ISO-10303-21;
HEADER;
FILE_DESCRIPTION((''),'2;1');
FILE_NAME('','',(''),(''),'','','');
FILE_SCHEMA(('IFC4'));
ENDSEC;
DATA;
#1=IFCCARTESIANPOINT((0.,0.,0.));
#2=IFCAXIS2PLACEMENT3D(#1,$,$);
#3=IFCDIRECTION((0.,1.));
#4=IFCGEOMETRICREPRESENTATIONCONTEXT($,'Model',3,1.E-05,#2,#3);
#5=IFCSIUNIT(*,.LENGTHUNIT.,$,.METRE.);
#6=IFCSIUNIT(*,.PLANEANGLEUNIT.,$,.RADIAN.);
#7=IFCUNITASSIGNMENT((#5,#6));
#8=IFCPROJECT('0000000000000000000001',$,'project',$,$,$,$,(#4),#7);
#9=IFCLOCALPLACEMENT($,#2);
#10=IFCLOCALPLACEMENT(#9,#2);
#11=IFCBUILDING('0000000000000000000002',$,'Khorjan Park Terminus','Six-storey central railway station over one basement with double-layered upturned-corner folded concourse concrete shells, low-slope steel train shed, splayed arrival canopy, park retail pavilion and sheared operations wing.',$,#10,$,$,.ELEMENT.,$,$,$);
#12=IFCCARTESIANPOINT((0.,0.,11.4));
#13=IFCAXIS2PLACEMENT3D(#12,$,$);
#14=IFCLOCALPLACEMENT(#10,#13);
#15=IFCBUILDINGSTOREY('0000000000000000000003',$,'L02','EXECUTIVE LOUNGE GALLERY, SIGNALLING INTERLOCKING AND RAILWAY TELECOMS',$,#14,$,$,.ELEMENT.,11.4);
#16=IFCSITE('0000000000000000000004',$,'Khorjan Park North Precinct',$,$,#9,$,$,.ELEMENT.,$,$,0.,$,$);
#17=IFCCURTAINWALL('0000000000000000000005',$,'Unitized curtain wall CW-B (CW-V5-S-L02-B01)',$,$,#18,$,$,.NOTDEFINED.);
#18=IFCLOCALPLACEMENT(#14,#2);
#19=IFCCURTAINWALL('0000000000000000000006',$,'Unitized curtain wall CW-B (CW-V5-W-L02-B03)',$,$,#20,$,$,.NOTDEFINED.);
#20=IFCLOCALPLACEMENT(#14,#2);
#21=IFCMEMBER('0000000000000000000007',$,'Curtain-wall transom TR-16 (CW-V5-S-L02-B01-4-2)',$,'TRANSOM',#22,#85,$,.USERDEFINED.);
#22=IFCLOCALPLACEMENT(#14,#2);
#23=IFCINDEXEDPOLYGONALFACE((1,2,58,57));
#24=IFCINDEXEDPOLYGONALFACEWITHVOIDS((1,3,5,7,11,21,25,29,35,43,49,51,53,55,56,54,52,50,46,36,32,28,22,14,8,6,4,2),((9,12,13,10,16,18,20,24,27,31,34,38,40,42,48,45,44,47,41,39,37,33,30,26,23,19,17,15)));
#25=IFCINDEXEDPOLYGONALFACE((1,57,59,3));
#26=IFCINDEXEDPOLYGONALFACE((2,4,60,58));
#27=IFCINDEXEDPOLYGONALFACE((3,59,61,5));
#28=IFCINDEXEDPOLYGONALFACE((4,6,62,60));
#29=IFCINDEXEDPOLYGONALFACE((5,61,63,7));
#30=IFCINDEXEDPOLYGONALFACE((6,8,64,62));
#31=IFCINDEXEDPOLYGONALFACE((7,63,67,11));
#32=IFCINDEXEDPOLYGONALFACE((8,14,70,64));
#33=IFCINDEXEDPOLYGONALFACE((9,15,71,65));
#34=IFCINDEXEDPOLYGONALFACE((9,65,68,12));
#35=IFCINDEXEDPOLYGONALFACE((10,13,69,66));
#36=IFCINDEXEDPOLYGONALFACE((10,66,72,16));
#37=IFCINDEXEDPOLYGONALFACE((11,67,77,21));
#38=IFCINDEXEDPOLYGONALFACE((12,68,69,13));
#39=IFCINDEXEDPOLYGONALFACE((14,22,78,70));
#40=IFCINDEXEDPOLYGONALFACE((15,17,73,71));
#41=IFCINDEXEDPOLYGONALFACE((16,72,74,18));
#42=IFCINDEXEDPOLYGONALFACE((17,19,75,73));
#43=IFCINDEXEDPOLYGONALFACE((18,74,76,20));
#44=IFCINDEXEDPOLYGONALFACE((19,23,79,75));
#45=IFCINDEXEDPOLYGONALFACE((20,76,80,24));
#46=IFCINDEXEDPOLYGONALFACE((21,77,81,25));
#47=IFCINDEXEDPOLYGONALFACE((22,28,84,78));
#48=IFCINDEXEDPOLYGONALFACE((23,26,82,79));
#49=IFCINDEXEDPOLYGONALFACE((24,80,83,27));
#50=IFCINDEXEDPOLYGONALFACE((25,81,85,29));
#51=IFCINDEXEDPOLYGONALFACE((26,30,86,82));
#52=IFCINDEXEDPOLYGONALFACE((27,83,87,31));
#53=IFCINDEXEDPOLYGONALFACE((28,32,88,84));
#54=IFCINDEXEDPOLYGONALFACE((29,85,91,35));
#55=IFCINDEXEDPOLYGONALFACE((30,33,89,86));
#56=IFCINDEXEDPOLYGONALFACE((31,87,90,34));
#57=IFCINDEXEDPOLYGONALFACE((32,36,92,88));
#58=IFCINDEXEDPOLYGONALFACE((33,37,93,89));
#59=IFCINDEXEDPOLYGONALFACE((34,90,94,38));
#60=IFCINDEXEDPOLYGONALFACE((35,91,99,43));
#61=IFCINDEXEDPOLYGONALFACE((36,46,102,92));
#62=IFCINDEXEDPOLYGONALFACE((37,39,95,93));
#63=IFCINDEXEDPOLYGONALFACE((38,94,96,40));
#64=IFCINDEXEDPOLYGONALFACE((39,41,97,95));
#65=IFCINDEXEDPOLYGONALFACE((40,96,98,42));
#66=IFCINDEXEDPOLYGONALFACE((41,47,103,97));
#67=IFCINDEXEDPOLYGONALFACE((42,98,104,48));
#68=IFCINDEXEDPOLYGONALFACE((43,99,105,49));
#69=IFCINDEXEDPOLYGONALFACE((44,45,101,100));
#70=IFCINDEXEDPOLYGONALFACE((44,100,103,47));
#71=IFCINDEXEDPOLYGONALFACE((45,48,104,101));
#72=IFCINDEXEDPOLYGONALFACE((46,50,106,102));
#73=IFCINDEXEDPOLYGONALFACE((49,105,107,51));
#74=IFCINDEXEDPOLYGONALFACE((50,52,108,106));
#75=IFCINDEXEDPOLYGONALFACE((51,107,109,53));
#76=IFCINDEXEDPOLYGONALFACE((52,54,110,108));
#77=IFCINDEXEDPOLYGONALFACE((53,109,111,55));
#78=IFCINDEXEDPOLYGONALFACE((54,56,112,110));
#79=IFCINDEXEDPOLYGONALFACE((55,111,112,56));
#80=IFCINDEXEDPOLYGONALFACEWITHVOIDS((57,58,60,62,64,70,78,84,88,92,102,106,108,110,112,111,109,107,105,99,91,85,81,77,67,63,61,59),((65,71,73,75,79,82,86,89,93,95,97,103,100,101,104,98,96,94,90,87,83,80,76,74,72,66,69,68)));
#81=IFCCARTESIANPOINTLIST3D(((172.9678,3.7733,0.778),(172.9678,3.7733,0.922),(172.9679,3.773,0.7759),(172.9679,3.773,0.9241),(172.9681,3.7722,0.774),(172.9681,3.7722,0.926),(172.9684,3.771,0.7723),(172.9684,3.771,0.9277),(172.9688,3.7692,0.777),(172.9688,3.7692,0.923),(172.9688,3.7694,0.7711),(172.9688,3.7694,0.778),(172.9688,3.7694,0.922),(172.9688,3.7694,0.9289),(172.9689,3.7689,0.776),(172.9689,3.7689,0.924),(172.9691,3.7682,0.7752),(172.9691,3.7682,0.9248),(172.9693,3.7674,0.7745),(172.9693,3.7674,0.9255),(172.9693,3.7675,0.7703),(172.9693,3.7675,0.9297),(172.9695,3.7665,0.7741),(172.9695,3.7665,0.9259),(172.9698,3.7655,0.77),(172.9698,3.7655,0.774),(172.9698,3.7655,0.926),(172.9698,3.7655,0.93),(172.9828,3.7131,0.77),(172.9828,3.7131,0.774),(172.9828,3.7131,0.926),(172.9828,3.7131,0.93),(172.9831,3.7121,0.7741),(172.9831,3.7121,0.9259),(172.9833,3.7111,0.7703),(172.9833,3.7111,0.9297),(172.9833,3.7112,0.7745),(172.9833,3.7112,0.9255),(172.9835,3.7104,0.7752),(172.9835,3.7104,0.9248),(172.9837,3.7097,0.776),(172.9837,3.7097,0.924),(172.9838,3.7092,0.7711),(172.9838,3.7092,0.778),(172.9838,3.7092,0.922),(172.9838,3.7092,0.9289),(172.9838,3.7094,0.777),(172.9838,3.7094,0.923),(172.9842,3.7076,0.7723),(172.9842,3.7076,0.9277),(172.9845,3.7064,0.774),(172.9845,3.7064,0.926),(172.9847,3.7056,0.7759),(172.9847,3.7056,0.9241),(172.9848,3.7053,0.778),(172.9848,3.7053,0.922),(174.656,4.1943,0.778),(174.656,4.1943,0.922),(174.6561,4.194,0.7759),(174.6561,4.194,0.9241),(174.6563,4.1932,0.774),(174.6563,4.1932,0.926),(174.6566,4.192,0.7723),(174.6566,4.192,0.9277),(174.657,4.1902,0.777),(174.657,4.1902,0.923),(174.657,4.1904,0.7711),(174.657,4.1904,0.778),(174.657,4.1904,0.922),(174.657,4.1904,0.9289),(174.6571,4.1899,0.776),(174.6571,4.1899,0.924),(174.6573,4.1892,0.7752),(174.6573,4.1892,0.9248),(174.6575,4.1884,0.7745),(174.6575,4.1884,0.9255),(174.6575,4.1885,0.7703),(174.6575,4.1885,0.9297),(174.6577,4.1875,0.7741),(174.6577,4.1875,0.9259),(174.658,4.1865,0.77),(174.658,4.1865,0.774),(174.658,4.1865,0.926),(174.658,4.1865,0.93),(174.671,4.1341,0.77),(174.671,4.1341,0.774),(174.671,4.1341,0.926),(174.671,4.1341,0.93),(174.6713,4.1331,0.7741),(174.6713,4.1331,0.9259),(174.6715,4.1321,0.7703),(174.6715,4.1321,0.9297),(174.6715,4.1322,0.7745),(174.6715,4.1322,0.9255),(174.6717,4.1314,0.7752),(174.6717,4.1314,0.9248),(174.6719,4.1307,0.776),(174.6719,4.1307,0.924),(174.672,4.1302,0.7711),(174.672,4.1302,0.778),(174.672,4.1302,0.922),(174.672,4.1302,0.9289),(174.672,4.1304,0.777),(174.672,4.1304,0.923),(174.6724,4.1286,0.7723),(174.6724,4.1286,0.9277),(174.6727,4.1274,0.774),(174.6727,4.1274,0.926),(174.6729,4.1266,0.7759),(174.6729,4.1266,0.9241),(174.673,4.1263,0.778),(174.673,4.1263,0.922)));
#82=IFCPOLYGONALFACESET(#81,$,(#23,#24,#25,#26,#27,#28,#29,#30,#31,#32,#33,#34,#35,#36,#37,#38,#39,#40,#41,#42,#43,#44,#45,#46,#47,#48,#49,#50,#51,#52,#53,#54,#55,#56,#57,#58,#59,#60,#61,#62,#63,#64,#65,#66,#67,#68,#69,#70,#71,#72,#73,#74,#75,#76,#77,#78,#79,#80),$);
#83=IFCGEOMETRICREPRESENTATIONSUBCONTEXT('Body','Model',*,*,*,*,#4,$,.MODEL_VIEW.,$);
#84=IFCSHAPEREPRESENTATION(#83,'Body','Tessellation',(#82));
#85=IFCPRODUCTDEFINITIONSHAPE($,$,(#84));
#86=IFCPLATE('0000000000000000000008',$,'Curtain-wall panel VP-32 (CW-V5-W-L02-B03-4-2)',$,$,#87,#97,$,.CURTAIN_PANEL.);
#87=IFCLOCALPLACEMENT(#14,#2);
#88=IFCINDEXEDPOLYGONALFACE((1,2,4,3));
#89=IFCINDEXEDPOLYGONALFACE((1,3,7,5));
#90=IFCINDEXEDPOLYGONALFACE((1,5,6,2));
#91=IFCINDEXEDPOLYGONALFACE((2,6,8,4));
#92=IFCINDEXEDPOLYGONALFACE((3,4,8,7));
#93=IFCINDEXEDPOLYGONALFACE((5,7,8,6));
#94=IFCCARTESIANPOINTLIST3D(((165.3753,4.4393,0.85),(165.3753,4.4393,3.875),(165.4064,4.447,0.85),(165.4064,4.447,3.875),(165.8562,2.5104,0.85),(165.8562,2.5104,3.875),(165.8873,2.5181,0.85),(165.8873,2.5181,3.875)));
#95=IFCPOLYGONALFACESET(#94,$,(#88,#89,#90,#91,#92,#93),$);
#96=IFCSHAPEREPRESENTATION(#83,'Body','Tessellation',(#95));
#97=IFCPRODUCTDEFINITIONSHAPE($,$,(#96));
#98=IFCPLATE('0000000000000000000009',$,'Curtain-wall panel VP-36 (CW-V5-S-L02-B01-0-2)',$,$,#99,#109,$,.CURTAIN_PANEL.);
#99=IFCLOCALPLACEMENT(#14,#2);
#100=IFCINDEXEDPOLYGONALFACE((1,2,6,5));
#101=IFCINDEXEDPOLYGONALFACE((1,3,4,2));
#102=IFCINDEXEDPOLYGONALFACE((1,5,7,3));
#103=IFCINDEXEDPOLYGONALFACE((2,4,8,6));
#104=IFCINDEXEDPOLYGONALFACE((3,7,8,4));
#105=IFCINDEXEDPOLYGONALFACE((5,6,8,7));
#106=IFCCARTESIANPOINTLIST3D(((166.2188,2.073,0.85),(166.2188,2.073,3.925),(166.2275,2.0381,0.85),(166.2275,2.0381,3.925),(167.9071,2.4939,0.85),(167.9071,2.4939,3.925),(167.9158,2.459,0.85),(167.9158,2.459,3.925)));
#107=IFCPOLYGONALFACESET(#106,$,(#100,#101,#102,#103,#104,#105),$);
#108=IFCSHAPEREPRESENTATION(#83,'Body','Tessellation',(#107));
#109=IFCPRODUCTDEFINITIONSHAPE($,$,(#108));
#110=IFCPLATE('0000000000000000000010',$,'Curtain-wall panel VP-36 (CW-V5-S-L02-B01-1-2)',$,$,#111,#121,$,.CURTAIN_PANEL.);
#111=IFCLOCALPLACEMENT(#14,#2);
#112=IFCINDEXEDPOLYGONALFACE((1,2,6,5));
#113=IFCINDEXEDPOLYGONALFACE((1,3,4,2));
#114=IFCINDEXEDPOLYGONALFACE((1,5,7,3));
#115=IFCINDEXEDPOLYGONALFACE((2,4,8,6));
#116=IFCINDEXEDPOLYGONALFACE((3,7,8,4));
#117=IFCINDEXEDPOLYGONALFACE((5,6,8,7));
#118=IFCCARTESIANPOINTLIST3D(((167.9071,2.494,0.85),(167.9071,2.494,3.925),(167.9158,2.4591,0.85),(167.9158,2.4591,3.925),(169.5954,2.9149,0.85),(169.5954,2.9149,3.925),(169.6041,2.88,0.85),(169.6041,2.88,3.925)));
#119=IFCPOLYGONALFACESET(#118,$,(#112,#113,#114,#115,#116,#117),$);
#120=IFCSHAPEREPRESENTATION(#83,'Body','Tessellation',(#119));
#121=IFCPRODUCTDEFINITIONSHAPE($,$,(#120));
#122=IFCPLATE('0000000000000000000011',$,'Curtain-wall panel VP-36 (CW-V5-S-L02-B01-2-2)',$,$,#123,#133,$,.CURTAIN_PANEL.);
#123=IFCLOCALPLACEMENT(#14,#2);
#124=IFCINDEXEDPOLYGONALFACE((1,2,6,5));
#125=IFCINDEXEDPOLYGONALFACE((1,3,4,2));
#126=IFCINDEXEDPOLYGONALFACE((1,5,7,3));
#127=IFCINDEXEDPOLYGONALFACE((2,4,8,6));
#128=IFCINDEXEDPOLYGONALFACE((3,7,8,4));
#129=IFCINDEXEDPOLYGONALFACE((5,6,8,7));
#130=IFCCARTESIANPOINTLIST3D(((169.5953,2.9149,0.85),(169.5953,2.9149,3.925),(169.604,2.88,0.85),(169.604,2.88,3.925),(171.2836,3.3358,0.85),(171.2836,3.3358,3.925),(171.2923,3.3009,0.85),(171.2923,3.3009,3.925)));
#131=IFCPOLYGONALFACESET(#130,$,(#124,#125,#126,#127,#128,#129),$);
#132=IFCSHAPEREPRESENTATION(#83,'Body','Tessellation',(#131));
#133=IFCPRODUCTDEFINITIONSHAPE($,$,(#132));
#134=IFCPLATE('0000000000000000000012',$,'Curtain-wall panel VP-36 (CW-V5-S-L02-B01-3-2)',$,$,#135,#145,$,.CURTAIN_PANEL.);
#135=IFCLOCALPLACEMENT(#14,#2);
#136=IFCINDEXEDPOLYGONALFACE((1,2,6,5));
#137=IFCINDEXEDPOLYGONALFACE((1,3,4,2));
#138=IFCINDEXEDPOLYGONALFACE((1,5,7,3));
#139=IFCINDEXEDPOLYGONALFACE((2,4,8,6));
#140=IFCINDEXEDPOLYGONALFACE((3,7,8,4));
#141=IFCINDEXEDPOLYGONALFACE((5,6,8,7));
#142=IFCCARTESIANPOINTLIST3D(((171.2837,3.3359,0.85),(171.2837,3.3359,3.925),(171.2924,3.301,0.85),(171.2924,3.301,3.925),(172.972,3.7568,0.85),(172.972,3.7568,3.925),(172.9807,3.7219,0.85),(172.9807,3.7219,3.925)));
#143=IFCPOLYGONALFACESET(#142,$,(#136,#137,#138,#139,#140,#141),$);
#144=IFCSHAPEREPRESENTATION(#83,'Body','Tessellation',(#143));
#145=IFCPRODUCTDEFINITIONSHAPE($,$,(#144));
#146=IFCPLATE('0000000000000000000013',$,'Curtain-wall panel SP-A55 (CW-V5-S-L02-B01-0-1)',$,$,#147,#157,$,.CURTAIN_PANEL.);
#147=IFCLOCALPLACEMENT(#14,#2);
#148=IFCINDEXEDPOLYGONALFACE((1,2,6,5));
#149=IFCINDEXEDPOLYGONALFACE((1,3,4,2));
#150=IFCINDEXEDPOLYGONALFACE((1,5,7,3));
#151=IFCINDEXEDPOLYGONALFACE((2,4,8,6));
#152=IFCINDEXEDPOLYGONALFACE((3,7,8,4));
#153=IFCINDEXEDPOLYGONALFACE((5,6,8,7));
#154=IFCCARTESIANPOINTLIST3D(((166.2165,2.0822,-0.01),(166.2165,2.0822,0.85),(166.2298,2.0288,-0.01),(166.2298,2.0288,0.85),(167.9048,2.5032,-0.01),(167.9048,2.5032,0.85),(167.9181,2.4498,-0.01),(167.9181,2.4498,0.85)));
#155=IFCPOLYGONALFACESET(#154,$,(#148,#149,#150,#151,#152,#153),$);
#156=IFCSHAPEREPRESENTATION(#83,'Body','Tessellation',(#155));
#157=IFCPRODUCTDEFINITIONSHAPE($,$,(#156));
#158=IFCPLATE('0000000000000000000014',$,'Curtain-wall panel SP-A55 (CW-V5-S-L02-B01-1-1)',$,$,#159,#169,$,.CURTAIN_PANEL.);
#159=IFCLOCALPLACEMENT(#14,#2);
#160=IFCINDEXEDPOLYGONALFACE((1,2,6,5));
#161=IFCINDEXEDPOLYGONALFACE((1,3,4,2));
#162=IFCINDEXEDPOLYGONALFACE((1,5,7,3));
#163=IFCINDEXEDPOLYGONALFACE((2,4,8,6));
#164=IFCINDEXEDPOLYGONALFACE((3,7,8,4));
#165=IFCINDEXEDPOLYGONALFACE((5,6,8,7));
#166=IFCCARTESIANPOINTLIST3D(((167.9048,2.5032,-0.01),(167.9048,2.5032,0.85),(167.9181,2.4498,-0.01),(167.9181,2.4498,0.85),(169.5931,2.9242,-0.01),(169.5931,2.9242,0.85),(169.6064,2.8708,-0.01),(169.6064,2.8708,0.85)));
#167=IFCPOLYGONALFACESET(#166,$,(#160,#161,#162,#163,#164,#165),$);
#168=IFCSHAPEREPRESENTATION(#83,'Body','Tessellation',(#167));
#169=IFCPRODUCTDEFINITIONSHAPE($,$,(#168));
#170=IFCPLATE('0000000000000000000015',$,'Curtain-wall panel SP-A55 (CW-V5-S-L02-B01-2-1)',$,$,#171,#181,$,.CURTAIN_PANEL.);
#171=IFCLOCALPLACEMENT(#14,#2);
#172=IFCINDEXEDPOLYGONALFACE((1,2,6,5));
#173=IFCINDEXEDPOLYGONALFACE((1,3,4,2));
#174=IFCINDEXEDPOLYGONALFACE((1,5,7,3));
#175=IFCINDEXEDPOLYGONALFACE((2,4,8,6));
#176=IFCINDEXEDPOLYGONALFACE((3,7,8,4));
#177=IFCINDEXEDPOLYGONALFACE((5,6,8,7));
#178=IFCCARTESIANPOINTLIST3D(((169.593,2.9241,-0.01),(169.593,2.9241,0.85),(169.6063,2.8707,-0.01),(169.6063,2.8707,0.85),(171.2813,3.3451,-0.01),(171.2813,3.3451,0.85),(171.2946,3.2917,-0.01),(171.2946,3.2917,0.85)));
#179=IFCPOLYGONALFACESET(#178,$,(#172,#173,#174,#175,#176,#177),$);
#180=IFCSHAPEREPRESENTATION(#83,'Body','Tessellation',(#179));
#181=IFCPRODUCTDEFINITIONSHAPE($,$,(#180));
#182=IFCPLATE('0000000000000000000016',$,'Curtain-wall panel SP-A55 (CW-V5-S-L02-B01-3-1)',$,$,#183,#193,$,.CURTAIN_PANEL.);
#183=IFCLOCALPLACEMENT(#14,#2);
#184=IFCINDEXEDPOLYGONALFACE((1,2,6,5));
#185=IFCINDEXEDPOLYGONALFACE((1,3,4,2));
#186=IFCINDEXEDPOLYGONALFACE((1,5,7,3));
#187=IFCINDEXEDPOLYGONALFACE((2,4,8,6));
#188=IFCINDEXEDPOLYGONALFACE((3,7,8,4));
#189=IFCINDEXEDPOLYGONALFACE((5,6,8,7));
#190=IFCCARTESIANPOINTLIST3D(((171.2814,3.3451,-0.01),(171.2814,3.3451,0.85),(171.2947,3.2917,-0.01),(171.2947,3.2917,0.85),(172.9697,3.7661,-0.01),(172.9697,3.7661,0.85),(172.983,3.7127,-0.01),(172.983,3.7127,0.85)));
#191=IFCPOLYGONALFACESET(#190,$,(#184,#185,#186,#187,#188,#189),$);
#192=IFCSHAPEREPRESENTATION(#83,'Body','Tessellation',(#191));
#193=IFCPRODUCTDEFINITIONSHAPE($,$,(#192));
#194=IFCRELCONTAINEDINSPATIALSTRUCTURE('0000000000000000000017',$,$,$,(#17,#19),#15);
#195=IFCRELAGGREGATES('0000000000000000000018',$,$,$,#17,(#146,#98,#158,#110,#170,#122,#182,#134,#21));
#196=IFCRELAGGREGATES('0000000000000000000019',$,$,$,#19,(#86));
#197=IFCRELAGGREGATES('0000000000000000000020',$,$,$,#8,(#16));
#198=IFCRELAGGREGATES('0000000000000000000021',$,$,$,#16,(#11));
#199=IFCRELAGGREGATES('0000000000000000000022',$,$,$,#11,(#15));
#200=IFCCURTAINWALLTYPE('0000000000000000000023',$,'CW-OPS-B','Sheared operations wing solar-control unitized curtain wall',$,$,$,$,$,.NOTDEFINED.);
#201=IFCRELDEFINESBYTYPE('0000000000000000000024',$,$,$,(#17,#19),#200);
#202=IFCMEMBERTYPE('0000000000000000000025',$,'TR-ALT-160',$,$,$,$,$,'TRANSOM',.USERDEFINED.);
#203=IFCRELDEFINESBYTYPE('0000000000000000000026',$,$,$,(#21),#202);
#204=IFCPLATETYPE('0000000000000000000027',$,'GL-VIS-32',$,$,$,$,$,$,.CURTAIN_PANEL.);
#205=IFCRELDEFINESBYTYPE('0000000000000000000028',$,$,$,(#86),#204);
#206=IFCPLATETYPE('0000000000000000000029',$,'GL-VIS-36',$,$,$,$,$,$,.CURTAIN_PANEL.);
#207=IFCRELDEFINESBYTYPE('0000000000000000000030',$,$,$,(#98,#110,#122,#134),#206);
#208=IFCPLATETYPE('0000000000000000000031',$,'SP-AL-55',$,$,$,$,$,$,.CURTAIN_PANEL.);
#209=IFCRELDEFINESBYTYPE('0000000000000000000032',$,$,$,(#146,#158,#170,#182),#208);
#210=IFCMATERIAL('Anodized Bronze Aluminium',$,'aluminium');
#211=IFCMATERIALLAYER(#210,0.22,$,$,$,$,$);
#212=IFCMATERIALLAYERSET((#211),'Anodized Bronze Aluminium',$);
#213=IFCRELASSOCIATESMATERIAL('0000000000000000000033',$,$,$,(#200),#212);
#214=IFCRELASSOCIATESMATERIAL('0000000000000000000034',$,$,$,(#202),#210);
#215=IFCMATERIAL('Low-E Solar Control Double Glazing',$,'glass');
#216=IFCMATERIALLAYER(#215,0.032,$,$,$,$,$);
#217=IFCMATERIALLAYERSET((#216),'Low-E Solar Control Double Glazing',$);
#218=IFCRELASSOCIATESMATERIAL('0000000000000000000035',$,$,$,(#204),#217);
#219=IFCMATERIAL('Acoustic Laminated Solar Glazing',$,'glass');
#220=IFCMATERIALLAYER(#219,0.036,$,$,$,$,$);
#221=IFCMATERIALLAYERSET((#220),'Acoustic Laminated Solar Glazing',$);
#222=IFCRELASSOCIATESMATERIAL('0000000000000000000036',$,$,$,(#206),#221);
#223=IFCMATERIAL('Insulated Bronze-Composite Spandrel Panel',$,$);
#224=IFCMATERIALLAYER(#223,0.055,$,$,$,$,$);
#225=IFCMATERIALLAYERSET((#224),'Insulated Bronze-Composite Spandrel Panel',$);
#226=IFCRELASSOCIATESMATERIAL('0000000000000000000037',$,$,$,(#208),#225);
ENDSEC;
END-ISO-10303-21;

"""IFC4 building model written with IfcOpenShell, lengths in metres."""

from ifc_helpers import new_model, si_unit, direction, frame, origin, origin_2d, place, context, subcontext, project, spatial, rectangle, hollow_rectangle, extrude, material, layer, layer_set, material_profile, profile_set, type_object, element, aggregate, save


model = new_model("IFC4")

# Units and contexts
model_context = context("Model", 3, precision=1e-05, world=origin(), true_north=direction((0.0, 1.0)))
body_context = subcontext(model_context, "Body", "Model", "MODEL_VIEW")
ifc_project = project(units=[si_unit("LENGTHUNIT", "METRE"), si_unit("PLANEANGLEUNIT", "RADIAN")], contexts=[model_context])

# Site, building, storey
site_placement = place(None, origin())
site = spatial("IfcSite", under=ifc_project, at=site_placement, Name="Khorjan Park North Precinct", CompositionType="ELEMENT", RefElevation=0.0)
building_placement = place(site_placement, origin())
building = spatial("IfcBuilding", under=site, at=building_placement, Name="Khorjan Park Terminus", Description="Six-storey central railway station over one basement with double-layered upturned-corner folded concourse concrete shells, low-slope steel train shed, splayed arrival canopy, park retail pavilion and sheared operations wing.", CompositionType="ELEMENT")
storey_placement = place(building_placement, frame((0.0, 0.0, 11.4)))
storey = spatial("IfcBuildingStorey", under=building, at=storey_placement, Name="L02", Description="EXECUTIVE LOUNGE GALLERY, SIGNALLING INTERLOCKING AND RAILWAY TELECOMS", CompositionType="ELEMENT", Elevation=11.4)

# Curtain wall
ifc_material_1 = material(Name="Anodized Bronze Aluminium", Category="aluminium")
ifc_layer_1 = layer(ifc_material_1, 0.22)
ifc_layer_set_1 = layer_set([ifc_layer_1], Name="Anodized Bronze Aluminium")
curtain_wall_type = type_object("IfcCurtainWallType", Name="CW-OPS-B", Description="Sheared operations wing solar-control unitized curtain wall", PredefinedType="NOTDEFINED", material=ifc_layer_set_1)
curtain_wall_1_placement = place(storey_placement, origin())
curtain_wall_1 = element("IfcCurtainWall", 1, at=curtain_wall_1_placement, inside=storey, type_object=curtain_wall_type, Name="Unitized curtain wall CW-B (CW-V5-S-L02-B01)", PredefinedType="NOTDEFINED")

# Curtain wall
curtain_wall_2_placement = place(storey_placement, origin())
curtain_wall_2 = element("IfcCurtainWall", 2, at=curtain_wall_2_placement, inside=storey, type_object=curtain_wall_type, Name="Unitized curtain wall CW-B (CW-V5-W-L02-B03)", PredefinedType="NOTDEFINED")

# Member
ifc_material_profile_1 = material_profile(ifc_material_1, hollow_rectangle(XDim=0.07, YDim=0.16, WallThickness=0.004, InnerFilletRadius=0.004, OuterFilletRadius=0.008, at=origin_2d()), Name="ALT 70x160x4")
ifc_profile_set_1 = profile_set([ifc_material_profile_1], Name="Anodized Bronze Aluminium")
member_type_1 = type_object("IfcMemberType", Name="TR-ALT-160", ElementType="TRANSOM", PredefinedType="USERDEFINED", material=ifc_profile_set_1)
member_1_placement = place(storey_placement, frame((172.9763, 3.7393, 0.85), z_axis=(0.970284, 0.241968, 0.0), x_axis=(-0.241968, 0.970284, 0.0)))
member_1 = element("IfcMember", 3, at=member_1_placement, type_object=member_type_1, Name="Curtain-wall transom TR-16 (CW-V5-S-L02-B01-4-2)", ObjectType="TRANSOM", PredefinedType="USERDEFINED", context=body_context, shape_type="SweptSolid", body=[
    extrude(hollow_rectangle(XDim=0.07, YDim=0.16, WallThickness=0.004, InnerFilletRadius=0.004, OuterFilletRadius=0.008, at=origin_2d()), origin(), (0.0, 0.0, 1.0), 1.7399),
])

# Plates
ifc_material_2 = material(Name="Low-E Solar Control Double Glazing", Category="glass")
ifc_layer_2 = layer(ifc_material_2, 0.032)
ifc_layer_set_2 = layer_set([ifc_layer_2], Name="Low-E Solar Control Double Glazing")
plate_type_1 = type_object("IfcPlateType", Name="GL-VIS-32", PredefinedType="CURTAIN_PANEL", material=ifc_layer_set_2)
plate_1_placement = place(storey_placement, frame((165.6313, 3.4787, 0.85), z_axis=(0.0, 0.0, 1.0), x_axis=(0.24192, -0.970296, 0.0)))
plate_1 = element("IfcPlate", 4, at=plate_1_placement, type_object=plate_type_1, Name="Curtain-wall panel VP-32 (CW-V5-W-L02-B03-4-2)", PredefinedType="CURTAIN_PANEL", context=body_context, shape_type="SweptSolid", body=[
    extrude(rectangle(XDim=1.9879, YDim=0.032, at=origin_2d()), origin(), (0.0, 0.0, 1.0), 3.025),
])
ifc_material_3 = material(Name="Acoustic Laminated Solar Glazing", Category="glass")
ifc_layer_3 = layer(ifc_material_3, 0.036)
ifc_layer_set_3 = layer_set([ifc_layer_3], Name="Acoustic Laminated Solar Glazing")
plate_type_2 = type_object("IfcPlateType", Name="GL-VIS-36", PredefinedType="CURTAIN_PANEL", material=ifc_layer_set_3)
plate_2_placement = place(storey_placement, frame((167.0673, 2.266, 0.85), z_axis=(0.0, 0.0, 1.0), x_axis=(0.970296, 0.241923, 0.0)))
plate_2 = element("IfcPlate", 5, at=plate_2_placement, type_object=plate_type_2, Name="Curtain-wall panel VP-36 (CW-V5-S-L02-B01-0-2)", PredefinedType="CURTAIN_PANEL", context=body_context, shape_type="SweptSolid", body=[
    extrude(rectangle(XDim=1.74, YDim=0.036, at=origin_2d()), origin(), (0.0, 0.0, 1.0), 3.075),
])
plate_3_placement = place(storey_placement, frame((168.7556, 2.687, 0.85), z_axis=(0.0, 0.0, 1.0), x_axis=(0.970296, 0.241923, 0.0)))
plate_3 = element("IfcPlate", 6, at=plate_3_placement, type_object=plate_type_2, Name="Curtain-wall panel VP-36 (CW-V5-S-L02-B01-1-2)", PredefinedType="CURTAIN_PANEL", context=body_context, shape_type="SweptSolid", body=[
    extrude(rectangle(XDim=1.74, YDim=0.036, at=origin_2d()), origin(), (0.0, 0.0, 1.0), 3.075),
])
plate_4_placement = place(storey_placement, frame((170.4438, 3.1079, 0.85), z_axis=(0.0, 0.0, 1.0), x_axis=(0.970296, 0.241923, 0.0)))
plate_4 = element("IfcPlate", 7, at=plate_4_placement, type_object=plate_type_2, Name="Curtain-wall panel VP-36 (CW-V5-S-L02-B01-2-2)", PredefinedType="CURTAIN_PANEL", context=body_context, shape_type="SweptSolid", body=[
    extrude(rectangle(XDim=1.74, YDim=0.036, at=origin_2d()), origin(), (0.0, 0.0, 1.0), 3.075),
])
plate_5_placement = place(storey_placement, frame((172.1322, 3.5289, 0.85), z_axis=(0.0, 0.0, 1.0), x_axis=(0.970296, 0.241923, 0.0)))
plate_5 = element("IfcPlate", 8, at=plate_5_placement, type_object=plate_type_2, Name="Curtain-wall panel VP-36 (CW-V5-S-L02-B01-3-2)", PredefinedType="CURTAIN_PANEL", context=body_context, shape_type="SweptSolid", body=[
    extrude(rectangle(XDim=1.74, YDim=0.036, at=origin_2d()), origin(), (0.0, 0.0, 1.0), 3.075),
])
ifc_material_4 = material(Name="Insulated Bronze-Composite Spandrel Panel")
ifc_layer_4 = layer(ifc_material_4, 0.055)
ifc_layer_set_4 = layer_set([ifc_layer_4], Name="Insulated Bronze-Composite Spandrel Panel")
plate_type_3 = type_object("IfcPlateType", Name="SP-AL-55", PredefinedType="CURTAIN_PANEL", material=ifc_layer_set_4)
plate_6_placement = place(storey_placement, frame((167.0673, 2.266, -0.01), z_axis=(0.0, 0.0, 1.0), x_axis=(0.970296, 0.241923, 0.0)))
plate_6 = element("IfcPlate", 9, at=plate_6_placement, type_object=plate_type_3, Name="Curtain-wall panel SP-A55 (CW-V5-S-L02-B01-0-1)", PredefinedType="CURTAIN_PANEL", context=body_context, shape_type="SweptSolid", body=[
    extrude(rectangle(XDim=1.74, YDim=0.055, at=origin_2d()), origin(), (0.0, 0.0, 1.0), 0.86),
])
plate_7_placement = place(storey_placement, frame((168.7556, 2.687, -0.01), z_axis=(0.0, 0.0, 1.0), x_axis=(0.970296, 0.241923, 0.0)))
plate_7 = element("IfcPlate", 10, at=plate_7_placement, type_object=plate_type_3, Name="Curtain-wall panel SP-A55 (CW-V5-S-L02-B01-1-1)", PredefinedType="CURTAIN_PANEL", context=body_context, shape_type="SweptSolid", body=[
    extrude(rectangle(XDim=1.74, YDim=0.055, at=origin_2d()), origin(), (0.0, 0.0, 1.0), 0.86),
])
plate_8_placement = place(storey_placement, frame((170.4438, 3.1079, -0.01), z_axis=(0.0, 0.0, 1.0), x_axis=(0.970296, 0.241923, 0.0)))
plate_8 = element("IfcPlate", 11, at=plate_8_placement, type_object=plate_type_3, Name="Curtain-wall panel SP-A55 (CW-V5-S-L02-B01-2-1)", PredefinedType="CURTAIN_PANEL", context=body_context, shape_type="SweptSolid", body=[
    extrude(rectangle(XDim=1.74, YDim=0.055, at=origin_2d()), origin(), (0.0, 0.0, 1.0), 0.86),
])
plate_9_placement = place(storey_placement, frame((172.1322, 3.5289, -0.01), z_axis=(0.0, 0.0, 1.0), x_axis=(0.970296, 0.241923, 0.0)))
plate_9 = element("IfcPlate", 12, at=plate_9_placement, type_object=plate_type_3, Name="Curtain-wall panel SP-A55 (CW-V5-S-L02-B01-3-1)", PredefinedType="CURTAIN_PANEL", context=body_context, shape_type="SweptSolid", body=[
    extrude(rectangle(XDim=1.74, YDim=0.055, at=origin_2d()), origin(), (0.0, 0.0, 1.0), 0.86),
])
aggregate(curtain_wall_1, [plate_6, plate_2, plate_7, plate_3, plate_8, plate_4, plate_9, plate_5, member_1])
aggregate(curtain_wall_2, [plate_1])

save(model, "model.ifc")
